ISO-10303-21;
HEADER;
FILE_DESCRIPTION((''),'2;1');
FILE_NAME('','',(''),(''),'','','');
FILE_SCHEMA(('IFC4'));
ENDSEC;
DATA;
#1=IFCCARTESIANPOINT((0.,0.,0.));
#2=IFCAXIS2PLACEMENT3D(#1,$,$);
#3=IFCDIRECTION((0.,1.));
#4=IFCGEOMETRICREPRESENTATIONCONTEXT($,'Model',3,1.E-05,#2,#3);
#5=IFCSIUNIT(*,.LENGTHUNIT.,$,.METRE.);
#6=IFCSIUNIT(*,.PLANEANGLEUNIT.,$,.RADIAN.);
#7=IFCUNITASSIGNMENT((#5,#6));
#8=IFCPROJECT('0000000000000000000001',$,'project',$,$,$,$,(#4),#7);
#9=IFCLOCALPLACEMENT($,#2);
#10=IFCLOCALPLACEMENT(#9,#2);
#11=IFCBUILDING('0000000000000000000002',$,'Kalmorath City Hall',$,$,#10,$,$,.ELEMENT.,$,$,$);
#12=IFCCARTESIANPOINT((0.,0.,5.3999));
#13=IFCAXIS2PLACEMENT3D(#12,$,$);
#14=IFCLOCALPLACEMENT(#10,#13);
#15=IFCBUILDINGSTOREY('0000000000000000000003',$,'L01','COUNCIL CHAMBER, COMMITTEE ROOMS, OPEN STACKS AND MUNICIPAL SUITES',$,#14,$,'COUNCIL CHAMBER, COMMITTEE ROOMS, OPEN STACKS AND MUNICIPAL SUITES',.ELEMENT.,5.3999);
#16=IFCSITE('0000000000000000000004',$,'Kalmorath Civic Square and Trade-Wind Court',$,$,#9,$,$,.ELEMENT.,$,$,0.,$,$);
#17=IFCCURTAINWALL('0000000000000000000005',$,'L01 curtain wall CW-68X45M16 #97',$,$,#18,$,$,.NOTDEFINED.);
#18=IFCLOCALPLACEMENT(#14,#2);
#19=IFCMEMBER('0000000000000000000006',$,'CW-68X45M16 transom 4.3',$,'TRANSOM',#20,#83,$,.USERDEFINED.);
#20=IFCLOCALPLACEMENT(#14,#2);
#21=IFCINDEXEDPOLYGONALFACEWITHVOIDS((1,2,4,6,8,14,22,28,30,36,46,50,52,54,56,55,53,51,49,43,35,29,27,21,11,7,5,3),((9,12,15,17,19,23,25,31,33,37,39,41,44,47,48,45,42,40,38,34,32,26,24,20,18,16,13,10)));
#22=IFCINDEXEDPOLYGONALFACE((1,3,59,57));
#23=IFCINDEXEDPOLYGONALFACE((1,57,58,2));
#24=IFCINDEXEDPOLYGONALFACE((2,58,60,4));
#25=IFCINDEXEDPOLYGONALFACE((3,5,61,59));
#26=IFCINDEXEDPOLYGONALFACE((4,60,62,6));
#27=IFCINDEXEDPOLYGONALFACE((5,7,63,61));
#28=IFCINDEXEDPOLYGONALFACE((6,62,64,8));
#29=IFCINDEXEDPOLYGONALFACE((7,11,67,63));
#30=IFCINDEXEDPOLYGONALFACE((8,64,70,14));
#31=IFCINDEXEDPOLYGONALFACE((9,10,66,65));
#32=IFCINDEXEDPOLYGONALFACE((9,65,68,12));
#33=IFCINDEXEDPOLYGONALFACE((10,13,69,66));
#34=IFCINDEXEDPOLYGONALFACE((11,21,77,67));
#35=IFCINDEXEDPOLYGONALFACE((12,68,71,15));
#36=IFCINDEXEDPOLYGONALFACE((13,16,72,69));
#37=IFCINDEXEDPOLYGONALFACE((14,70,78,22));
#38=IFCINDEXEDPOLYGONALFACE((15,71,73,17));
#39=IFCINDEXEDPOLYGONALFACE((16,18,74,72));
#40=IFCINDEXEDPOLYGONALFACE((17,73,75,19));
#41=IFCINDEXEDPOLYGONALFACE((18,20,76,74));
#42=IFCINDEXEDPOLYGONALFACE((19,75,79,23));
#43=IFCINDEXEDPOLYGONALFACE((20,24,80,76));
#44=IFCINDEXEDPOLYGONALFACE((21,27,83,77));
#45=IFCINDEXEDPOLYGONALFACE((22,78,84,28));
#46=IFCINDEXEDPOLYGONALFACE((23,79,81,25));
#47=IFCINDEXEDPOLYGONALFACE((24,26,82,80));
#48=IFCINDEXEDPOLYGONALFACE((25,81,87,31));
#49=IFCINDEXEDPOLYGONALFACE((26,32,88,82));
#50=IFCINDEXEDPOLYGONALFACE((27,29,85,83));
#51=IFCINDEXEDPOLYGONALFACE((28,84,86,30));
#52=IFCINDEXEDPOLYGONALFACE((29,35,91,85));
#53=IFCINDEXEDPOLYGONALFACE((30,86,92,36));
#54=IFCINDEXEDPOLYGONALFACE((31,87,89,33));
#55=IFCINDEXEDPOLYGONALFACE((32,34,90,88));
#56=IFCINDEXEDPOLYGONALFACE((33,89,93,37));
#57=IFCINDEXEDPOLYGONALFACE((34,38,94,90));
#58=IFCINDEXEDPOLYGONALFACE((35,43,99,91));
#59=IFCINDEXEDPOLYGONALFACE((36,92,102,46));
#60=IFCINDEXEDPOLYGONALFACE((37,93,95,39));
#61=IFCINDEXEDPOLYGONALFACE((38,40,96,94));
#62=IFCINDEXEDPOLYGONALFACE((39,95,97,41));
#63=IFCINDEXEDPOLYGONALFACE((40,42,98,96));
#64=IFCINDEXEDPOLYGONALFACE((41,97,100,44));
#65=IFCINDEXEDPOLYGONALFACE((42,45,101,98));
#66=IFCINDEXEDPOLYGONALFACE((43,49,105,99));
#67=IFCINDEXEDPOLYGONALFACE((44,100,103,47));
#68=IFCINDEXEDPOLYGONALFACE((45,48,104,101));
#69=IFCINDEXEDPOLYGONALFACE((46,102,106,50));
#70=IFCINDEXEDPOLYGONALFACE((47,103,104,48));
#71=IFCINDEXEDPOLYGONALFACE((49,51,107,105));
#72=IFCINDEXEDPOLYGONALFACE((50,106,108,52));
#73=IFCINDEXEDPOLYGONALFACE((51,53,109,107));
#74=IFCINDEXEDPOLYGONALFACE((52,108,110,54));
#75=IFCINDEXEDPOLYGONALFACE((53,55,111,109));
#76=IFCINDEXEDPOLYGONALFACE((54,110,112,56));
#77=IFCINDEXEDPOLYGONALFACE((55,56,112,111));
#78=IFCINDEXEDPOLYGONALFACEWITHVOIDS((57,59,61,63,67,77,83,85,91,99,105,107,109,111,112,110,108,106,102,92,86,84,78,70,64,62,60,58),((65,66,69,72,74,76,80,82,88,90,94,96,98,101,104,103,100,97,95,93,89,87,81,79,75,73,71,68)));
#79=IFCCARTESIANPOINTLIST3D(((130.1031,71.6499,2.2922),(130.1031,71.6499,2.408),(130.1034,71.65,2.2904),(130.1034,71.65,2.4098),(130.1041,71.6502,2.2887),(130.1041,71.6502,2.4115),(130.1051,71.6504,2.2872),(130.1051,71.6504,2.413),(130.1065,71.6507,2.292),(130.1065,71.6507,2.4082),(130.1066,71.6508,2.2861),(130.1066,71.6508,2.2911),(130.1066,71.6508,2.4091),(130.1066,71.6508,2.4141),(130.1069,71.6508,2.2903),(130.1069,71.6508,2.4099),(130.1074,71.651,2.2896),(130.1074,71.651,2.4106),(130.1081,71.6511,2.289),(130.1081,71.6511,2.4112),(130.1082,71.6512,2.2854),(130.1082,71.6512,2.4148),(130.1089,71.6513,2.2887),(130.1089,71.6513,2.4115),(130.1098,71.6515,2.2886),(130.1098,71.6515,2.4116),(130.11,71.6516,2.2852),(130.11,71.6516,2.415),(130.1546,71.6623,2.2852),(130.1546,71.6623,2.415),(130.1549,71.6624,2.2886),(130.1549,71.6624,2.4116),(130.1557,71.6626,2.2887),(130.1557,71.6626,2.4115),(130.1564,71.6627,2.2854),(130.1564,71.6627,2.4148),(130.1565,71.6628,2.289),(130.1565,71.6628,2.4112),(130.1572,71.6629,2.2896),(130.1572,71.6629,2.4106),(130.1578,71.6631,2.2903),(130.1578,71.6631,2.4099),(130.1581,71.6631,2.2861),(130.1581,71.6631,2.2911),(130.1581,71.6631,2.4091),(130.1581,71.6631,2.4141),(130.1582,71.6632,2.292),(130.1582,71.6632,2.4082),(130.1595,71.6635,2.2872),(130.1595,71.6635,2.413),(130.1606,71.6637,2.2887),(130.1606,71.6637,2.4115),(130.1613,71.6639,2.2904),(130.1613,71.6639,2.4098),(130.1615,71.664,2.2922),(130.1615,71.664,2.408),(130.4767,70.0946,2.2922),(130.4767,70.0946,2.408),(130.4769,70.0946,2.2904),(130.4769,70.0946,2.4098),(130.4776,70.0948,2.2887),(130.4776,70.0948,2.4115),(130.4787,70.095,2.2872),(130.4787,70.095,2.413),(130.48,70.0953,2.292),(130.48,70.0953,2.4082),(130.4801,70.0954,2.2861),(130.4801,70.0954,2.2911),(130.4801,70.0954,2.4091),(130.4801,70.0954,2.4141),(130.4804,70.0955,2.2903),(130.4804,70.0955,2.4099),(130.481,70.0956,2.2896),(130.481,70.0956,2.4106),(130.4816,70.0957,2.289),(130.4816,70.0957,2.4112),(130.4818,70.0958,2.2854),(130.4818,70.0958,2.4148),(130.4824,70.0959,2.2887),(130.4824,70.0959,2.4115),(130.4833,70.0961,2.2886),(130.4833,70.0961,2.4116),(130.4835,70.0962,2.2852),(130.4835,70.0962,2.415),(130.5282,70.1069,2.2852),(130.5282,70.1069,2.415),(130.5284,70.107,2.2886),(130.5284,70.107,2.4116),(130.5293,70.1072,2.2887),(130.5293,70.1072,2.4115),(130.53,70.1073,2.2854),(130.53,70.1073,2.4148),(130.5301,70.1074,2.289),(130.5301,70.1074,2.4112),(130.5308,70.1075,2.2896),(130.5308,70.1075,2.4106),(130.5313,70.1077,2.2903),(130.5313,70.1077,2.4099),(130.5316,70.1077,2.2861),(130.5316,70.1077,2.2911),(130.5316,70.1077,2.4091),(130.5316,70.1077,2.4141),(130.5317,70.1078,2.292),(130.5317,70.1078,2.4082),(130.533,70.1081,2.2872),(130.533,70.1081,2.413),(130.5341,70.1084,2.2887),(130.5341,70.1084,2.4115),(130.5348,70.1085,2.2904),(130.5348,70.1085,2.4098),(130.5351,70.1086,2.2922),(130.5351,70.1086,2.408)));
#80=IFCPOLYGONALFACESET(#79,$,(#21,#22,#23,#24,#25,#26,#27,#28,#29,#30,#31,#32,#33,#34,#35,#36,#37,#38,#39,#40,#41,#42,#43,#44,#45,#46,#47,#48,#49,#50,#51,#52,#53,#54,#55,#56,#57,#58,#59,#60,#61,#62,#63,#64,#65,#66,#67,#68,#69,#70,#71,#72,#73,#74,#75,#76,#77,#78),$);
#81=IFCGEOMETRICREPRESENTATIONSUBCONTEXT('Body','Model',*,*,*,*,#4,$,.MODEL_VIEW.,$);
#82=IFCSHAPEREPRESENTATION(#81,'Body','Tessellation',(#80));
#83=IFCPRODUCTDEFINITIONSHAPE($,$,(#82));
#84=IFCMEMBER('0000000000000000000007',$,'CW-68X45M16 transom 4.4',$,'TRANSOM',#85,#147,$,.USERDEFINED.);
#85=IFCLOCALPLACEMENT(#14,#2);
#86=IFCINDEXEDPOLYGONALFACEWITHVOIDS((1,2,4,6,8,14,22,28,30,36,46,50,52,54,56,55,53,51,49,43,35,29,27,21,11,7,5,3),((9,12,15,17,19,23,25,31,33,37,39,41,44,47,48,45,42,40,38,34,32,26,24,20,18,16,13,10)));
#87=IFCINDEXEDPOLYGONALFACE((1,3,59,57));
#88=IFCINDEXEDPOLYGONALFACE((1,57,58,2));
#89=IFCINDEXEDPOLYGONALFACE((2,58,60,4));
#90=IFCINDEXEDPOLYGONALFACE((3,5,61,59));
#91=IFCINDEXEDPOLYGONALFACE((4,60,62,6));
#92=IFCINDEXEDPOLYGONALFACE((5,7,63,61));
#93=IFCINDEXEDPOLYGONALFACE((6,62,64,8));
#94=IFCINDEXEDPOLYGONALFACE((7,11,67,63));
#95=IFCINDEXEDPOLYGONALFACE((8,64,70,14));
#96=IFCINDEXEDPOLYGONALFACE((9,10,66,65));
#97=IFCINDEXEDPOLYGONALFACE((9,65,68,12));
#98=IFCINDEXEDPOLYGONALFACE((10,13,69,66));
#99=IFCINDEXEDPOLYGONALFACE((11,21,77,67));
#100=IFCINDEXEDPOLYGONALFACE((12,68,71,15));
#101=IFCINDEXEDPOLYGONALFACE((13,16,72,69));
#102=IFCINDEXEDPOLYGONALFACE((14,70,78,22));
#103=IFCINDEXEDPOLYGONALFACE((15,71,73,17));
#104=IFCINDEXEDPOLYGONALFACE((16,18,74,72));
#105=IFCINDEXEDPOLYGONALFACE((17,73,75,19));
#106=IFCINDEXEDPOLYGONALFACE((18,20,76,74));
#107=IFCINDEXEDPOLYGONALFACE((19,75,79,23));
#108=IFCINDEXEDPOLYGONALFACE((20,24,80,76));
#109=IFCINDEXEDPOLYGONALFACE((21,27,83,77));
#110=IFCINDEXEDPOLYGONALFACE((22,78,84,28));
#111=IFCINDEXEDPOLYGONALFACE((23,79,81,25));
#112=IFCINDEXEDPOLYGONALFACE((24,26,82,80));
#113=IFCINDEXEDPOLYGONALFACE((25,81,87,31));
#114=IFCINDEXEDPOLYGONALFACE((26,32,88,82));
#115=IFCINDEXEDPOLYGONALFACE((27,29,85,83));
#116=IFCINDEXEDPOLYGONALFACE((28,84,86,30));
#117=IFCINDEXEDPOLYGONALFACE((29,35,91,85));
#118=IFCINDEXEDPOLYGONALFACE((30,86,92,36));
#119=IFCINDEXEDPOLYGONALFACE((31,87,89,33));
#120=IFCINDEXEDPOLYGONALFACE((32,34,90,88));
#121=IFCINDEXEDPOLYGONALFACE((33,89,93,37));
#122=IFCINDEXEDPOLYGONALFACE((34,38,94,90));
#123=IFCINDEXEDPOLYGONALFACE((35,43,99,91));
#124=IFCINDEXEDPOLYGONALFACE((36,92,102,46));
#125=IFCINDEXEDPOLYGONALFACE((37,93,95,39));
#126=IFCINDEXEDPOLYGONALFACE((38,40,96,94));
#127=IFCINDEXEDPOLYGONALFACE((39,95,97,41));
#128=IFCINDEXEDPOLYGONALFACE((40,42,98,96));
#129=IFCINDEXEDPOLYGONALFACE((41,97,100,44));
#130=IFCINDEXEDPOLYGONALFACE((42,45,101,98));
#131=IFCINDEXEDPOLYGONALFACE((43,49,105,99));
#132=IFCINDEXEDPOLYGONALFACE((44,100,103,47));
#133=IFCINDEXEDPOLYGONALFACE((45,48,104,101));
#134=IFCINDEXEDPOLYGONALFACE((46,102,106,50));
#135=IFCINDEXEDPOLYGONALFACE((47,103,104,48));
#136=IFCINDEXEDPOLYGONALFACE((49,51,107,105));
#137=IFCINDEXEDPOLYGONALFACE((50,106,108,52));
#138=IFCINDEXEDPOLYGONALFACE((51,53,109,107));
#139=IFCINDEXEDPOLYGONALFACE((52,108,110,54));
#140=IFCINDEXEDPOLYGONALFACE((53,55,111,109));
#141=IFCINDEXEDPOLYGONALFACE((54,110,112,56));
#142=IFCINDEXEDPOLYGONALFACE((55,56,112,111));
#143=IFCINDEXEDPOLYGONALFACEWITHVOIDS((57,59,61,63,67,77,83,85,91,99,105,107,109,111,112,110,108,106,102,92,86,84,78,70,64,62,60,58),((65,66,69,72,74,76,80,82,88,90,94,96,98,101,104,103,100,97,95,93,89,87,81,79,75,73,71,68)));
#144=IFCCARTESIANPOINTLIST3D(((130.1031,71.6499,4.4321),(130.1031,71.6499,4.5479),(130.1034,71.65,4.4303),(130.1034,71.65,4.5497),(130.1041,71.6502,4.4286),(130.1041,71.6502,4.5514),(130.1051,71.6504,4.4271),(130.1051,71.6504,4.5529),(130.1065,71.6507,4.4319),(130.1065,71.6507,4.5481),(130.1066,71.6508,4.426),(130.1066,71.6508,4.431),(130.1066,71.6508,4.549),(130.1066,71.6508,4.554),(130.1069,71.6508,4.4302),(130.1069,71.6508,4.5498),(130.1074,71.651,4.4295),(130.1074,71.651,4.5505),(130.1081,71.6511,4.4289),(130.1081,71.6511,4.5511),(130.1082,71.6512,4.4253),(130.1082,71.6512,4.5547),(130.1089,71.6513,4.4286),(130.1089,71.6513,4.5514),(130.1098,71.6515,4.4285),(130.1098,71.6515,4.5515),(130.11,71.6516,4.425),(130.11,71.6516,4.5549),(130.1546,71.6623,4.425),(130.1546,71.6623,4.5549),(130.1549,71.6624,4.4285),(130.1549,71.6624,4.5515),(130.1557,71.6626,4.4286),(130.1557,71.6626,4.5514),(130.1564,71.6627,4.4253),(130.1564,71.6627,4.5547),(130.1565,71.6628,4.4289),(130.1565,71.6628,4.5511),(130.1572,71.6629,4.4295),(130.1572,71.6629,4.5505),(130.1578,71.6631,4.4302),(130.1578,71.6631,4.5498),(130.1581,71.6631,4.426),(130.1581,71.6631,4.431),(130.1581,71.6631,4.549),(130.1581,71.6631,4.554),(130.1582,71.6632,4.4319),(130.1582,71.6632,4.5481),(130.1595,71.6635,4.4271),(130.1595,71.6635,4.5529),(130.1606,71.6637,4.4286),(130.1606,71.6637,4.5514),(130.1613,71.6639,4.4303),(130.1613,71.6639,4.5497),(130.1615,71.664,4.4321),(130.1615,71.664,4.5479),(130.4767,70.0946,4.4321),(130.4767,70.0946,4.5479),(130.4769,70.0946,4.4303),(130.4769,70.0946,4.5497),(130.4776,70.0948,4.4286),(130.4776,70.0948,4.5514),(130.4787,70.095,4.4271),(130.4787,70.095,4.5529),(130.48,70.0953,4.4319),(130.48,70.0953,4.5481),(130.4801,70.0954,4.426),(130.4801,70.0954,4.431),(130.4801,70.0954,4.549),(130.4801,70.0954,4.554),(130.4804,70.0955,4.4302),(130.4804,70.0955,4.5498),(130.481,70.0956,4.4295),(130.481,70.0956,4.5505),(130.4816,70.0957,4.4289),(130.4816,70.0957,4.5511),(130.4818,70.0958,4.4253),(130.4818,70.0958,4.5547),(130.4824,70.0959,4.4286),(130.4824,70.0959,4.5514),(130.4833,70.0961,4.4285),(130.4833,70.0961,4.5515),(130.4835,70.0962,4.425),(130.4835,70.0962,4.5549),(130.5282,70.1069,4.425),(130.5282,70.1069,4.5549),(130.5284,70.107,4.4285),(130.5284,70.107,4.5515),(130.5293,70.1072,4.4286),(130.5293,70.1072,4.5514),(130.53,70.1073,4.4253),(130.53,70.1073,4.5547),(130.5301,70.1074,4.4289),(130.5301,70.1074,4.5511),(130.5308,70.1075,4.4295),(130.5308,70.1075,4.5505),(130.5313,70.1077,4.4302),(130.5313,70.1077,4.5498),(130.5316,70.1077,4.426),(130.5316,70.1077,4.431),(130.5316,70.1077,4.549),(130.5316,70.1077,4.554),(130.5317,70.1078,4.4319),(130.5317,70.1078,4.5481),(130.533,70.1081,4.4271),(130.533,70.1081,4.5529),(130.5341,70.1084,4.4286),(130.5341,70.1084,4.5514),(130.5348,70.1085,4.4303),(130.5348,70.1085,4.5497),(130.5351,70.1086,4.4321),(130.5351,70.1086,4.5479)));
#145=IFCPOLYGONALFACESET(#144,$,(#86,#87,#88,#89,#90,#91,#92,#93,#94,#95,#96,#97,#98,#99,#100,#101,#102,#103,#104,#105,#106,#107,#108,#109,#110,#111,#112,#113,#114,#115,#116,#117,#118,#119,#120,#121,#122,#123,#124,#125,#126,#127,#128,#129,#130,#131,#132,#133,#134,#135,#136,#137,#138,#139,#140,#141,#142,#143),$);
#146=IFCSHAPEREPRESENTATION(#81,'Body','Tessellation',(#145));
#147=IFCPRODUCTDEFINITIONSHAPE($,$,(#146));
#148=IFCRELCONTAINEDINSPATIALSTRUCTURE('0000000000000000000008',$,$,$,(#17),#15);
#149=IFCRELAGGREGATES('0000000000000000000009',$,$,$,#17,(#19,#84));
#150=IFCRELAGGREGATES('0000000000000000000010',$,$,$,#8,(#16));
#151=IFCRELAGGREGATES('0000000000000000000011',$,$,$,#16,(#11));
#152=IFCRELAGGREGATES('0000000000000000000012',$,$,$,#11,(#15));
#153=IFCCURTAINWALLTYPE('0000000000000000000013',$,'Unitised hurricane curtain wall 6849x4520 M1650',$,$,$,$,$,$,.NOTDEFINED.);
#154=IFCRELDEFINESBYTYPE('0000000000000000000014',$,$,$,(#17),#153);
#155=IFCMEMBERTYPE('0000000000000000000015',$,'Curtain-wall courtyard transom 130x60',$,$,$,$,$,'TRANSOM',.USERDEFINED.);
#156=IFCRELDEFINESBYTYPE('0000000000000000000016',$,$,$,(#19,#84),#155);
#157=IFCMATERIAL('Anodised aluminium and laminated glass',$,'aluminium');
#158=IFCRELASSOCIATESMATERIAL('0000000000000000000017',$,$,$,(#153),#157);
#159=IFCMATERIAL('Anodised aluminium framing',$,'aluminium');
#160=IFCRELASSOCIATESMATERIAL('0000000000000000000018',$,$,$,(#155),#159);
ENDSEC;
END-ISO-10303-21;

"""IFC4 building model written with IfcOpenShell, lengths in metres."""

from ifc_helpers import new_model, si_unit, direction, frame, origin, origin_2d, place, context, subcontext, project, spatial, hollow_rectangle, extrude, material, material_profile, profile_set, type_object, element, aggregate, save


model = new_model("IFC4")

# Units and contexts
model_context = context("Model", 3, precision=1e-05, world=origin(), true_north=direction((0.0, 1.0)))
body_context = subcontext(model_context, "Body", "Model", "MODEL_VIEW")
ifc_project = project(units=[si_unit("LENGTHUNIT", "METRE"), si_unit("PLANEANGLEUNIT", "RADIAN")], contexts=[model_context])

# Site, building, storey
site_placement = place(None, origin())
site = spatial("IfcSite", under=ifc_project, at=site_placement, Name="Kalmorath Civic Square and Trade-Wind Court", CompositionType="ELEMENT", RefElevation=0.0)
building_placement = place(site_placement, origin())
building = spatial("IfcBuilding", under=site, at=building_placement, Name="Kalmorath City Hall", CompositionType="ELEMENT")
storey_placement = place(building_placement, frame((0.0, 0.0, 5.3999)))
storey = spatial("IfcBuildingStorey", under=building, at=storey_placement, Name="L01", Description="COUNCIL CHAMBER, COMMITTEE ROOMS, OPEN STACKS AND MUNICIPAL SUITES", LongName="COUNCIL CHAMBER, COMMITTEE ROOMS, OPEN STACKS AND MUNICIPAL SUITES", CompositionType="ELEMENT", Elevation=5.3999)

# Curtain wall, members
ifc_material_1 = material(Name="Anodised aluminium and laminated glass", Category="aluminium")
curtain_wall_type = type_object("IfcCurtainWallType", Name="Unitised hurricane curtain wall 6849x4520 M1650", PredefinedType="NOTDEFINED", material=ifc_material_1)
curtain_wall_1_placement = place(storey_placement, origin())
curtain_wall_1 = element("IfcCurtainWall", 1, at=curtain_wall_1_placement, inside=storey, type_object=curtain_wall_type, Name="L01 curtain wall CW-68X45M16 #97", PredefinedType="NOTDEFINED")
ifc_material_2 = material(Name="Anodised aluminium framing", Category="aluminium")
ifc_material_profile_1 = material_profile(ifc_material_2, hollow_rectangle(XDim=0.0601, YDim=0.1299, WallThickness=0.0034, InnerFilletRadius=0.0034, OuterFilletRadius=0.0071, at=origin_2d()), Name="ALU-TRN-130X60X3.5")
ifc_profile_set_1 = profile_set([ifc_material_profile_1], Name="Anodised aluminium framing")
member_type_1 = type_object("IfcMemberType", Name="Curtain-wall courtyard transom 130x60", ElementType="TRANSOM", PredefinedType="USERDEFINED", material=ifc_profile_set_1)
member_1_placement = place(storey_placement, frame((130.5059, 70.1016, 2.3501), z_axis=(-0.233511, 0.972354, 0.0), x_axis=(-0.972354, -0.233511, 0.0)))
member_1 = element("IfcMember", 2, at=member_1_placement, type_object=member_type_1, Name="CW-68X45M16 transom 4.3", ObjectType="TRANSOM", PredefinedType="USERDEFINED", context=body_context, shape_type="SweptSolid", body=[
    extrude(hollow_rectangle(XDim=0.0601, YDim=0.1299, WallThickness=0.0034, InnerFilletRadius=0.0034, OuterFilletRadius=0.0071, at=origin_2d()), origin(), (0.0, 0.0, 1.0), 1.5996),
])
member_2_placement = place(storey_placement, frame((130.5059, 70.1016, 4.49), z_axis=(-0.233511, 0.972354, 0.0), x_axis=(-0.972354, -0.233511, 0.0)))
member_2 = element("IfcMember", 3, at=member_2_placement, type_object=member_type_1, Name="CW-68X45M16 transom 4.4", ObjectType="TRANSOM", PredefinedType="USERDEFINED", context=body_context, shape_type="SweptSolid", body=[
    extrude(hollow_rectangle(XDim=0.0601, YDim=0.1299, WallThickness=0.0034, InnerFilletRadius=0.0034, OuterFilletRadius=0.0071, at=origin_2d()), origin(), (0.0, 0.0, 1.0), 1.5996),
])

aggregate(curtain_wall_1, [member_1, member_2])

save(model, "model.ifc")
